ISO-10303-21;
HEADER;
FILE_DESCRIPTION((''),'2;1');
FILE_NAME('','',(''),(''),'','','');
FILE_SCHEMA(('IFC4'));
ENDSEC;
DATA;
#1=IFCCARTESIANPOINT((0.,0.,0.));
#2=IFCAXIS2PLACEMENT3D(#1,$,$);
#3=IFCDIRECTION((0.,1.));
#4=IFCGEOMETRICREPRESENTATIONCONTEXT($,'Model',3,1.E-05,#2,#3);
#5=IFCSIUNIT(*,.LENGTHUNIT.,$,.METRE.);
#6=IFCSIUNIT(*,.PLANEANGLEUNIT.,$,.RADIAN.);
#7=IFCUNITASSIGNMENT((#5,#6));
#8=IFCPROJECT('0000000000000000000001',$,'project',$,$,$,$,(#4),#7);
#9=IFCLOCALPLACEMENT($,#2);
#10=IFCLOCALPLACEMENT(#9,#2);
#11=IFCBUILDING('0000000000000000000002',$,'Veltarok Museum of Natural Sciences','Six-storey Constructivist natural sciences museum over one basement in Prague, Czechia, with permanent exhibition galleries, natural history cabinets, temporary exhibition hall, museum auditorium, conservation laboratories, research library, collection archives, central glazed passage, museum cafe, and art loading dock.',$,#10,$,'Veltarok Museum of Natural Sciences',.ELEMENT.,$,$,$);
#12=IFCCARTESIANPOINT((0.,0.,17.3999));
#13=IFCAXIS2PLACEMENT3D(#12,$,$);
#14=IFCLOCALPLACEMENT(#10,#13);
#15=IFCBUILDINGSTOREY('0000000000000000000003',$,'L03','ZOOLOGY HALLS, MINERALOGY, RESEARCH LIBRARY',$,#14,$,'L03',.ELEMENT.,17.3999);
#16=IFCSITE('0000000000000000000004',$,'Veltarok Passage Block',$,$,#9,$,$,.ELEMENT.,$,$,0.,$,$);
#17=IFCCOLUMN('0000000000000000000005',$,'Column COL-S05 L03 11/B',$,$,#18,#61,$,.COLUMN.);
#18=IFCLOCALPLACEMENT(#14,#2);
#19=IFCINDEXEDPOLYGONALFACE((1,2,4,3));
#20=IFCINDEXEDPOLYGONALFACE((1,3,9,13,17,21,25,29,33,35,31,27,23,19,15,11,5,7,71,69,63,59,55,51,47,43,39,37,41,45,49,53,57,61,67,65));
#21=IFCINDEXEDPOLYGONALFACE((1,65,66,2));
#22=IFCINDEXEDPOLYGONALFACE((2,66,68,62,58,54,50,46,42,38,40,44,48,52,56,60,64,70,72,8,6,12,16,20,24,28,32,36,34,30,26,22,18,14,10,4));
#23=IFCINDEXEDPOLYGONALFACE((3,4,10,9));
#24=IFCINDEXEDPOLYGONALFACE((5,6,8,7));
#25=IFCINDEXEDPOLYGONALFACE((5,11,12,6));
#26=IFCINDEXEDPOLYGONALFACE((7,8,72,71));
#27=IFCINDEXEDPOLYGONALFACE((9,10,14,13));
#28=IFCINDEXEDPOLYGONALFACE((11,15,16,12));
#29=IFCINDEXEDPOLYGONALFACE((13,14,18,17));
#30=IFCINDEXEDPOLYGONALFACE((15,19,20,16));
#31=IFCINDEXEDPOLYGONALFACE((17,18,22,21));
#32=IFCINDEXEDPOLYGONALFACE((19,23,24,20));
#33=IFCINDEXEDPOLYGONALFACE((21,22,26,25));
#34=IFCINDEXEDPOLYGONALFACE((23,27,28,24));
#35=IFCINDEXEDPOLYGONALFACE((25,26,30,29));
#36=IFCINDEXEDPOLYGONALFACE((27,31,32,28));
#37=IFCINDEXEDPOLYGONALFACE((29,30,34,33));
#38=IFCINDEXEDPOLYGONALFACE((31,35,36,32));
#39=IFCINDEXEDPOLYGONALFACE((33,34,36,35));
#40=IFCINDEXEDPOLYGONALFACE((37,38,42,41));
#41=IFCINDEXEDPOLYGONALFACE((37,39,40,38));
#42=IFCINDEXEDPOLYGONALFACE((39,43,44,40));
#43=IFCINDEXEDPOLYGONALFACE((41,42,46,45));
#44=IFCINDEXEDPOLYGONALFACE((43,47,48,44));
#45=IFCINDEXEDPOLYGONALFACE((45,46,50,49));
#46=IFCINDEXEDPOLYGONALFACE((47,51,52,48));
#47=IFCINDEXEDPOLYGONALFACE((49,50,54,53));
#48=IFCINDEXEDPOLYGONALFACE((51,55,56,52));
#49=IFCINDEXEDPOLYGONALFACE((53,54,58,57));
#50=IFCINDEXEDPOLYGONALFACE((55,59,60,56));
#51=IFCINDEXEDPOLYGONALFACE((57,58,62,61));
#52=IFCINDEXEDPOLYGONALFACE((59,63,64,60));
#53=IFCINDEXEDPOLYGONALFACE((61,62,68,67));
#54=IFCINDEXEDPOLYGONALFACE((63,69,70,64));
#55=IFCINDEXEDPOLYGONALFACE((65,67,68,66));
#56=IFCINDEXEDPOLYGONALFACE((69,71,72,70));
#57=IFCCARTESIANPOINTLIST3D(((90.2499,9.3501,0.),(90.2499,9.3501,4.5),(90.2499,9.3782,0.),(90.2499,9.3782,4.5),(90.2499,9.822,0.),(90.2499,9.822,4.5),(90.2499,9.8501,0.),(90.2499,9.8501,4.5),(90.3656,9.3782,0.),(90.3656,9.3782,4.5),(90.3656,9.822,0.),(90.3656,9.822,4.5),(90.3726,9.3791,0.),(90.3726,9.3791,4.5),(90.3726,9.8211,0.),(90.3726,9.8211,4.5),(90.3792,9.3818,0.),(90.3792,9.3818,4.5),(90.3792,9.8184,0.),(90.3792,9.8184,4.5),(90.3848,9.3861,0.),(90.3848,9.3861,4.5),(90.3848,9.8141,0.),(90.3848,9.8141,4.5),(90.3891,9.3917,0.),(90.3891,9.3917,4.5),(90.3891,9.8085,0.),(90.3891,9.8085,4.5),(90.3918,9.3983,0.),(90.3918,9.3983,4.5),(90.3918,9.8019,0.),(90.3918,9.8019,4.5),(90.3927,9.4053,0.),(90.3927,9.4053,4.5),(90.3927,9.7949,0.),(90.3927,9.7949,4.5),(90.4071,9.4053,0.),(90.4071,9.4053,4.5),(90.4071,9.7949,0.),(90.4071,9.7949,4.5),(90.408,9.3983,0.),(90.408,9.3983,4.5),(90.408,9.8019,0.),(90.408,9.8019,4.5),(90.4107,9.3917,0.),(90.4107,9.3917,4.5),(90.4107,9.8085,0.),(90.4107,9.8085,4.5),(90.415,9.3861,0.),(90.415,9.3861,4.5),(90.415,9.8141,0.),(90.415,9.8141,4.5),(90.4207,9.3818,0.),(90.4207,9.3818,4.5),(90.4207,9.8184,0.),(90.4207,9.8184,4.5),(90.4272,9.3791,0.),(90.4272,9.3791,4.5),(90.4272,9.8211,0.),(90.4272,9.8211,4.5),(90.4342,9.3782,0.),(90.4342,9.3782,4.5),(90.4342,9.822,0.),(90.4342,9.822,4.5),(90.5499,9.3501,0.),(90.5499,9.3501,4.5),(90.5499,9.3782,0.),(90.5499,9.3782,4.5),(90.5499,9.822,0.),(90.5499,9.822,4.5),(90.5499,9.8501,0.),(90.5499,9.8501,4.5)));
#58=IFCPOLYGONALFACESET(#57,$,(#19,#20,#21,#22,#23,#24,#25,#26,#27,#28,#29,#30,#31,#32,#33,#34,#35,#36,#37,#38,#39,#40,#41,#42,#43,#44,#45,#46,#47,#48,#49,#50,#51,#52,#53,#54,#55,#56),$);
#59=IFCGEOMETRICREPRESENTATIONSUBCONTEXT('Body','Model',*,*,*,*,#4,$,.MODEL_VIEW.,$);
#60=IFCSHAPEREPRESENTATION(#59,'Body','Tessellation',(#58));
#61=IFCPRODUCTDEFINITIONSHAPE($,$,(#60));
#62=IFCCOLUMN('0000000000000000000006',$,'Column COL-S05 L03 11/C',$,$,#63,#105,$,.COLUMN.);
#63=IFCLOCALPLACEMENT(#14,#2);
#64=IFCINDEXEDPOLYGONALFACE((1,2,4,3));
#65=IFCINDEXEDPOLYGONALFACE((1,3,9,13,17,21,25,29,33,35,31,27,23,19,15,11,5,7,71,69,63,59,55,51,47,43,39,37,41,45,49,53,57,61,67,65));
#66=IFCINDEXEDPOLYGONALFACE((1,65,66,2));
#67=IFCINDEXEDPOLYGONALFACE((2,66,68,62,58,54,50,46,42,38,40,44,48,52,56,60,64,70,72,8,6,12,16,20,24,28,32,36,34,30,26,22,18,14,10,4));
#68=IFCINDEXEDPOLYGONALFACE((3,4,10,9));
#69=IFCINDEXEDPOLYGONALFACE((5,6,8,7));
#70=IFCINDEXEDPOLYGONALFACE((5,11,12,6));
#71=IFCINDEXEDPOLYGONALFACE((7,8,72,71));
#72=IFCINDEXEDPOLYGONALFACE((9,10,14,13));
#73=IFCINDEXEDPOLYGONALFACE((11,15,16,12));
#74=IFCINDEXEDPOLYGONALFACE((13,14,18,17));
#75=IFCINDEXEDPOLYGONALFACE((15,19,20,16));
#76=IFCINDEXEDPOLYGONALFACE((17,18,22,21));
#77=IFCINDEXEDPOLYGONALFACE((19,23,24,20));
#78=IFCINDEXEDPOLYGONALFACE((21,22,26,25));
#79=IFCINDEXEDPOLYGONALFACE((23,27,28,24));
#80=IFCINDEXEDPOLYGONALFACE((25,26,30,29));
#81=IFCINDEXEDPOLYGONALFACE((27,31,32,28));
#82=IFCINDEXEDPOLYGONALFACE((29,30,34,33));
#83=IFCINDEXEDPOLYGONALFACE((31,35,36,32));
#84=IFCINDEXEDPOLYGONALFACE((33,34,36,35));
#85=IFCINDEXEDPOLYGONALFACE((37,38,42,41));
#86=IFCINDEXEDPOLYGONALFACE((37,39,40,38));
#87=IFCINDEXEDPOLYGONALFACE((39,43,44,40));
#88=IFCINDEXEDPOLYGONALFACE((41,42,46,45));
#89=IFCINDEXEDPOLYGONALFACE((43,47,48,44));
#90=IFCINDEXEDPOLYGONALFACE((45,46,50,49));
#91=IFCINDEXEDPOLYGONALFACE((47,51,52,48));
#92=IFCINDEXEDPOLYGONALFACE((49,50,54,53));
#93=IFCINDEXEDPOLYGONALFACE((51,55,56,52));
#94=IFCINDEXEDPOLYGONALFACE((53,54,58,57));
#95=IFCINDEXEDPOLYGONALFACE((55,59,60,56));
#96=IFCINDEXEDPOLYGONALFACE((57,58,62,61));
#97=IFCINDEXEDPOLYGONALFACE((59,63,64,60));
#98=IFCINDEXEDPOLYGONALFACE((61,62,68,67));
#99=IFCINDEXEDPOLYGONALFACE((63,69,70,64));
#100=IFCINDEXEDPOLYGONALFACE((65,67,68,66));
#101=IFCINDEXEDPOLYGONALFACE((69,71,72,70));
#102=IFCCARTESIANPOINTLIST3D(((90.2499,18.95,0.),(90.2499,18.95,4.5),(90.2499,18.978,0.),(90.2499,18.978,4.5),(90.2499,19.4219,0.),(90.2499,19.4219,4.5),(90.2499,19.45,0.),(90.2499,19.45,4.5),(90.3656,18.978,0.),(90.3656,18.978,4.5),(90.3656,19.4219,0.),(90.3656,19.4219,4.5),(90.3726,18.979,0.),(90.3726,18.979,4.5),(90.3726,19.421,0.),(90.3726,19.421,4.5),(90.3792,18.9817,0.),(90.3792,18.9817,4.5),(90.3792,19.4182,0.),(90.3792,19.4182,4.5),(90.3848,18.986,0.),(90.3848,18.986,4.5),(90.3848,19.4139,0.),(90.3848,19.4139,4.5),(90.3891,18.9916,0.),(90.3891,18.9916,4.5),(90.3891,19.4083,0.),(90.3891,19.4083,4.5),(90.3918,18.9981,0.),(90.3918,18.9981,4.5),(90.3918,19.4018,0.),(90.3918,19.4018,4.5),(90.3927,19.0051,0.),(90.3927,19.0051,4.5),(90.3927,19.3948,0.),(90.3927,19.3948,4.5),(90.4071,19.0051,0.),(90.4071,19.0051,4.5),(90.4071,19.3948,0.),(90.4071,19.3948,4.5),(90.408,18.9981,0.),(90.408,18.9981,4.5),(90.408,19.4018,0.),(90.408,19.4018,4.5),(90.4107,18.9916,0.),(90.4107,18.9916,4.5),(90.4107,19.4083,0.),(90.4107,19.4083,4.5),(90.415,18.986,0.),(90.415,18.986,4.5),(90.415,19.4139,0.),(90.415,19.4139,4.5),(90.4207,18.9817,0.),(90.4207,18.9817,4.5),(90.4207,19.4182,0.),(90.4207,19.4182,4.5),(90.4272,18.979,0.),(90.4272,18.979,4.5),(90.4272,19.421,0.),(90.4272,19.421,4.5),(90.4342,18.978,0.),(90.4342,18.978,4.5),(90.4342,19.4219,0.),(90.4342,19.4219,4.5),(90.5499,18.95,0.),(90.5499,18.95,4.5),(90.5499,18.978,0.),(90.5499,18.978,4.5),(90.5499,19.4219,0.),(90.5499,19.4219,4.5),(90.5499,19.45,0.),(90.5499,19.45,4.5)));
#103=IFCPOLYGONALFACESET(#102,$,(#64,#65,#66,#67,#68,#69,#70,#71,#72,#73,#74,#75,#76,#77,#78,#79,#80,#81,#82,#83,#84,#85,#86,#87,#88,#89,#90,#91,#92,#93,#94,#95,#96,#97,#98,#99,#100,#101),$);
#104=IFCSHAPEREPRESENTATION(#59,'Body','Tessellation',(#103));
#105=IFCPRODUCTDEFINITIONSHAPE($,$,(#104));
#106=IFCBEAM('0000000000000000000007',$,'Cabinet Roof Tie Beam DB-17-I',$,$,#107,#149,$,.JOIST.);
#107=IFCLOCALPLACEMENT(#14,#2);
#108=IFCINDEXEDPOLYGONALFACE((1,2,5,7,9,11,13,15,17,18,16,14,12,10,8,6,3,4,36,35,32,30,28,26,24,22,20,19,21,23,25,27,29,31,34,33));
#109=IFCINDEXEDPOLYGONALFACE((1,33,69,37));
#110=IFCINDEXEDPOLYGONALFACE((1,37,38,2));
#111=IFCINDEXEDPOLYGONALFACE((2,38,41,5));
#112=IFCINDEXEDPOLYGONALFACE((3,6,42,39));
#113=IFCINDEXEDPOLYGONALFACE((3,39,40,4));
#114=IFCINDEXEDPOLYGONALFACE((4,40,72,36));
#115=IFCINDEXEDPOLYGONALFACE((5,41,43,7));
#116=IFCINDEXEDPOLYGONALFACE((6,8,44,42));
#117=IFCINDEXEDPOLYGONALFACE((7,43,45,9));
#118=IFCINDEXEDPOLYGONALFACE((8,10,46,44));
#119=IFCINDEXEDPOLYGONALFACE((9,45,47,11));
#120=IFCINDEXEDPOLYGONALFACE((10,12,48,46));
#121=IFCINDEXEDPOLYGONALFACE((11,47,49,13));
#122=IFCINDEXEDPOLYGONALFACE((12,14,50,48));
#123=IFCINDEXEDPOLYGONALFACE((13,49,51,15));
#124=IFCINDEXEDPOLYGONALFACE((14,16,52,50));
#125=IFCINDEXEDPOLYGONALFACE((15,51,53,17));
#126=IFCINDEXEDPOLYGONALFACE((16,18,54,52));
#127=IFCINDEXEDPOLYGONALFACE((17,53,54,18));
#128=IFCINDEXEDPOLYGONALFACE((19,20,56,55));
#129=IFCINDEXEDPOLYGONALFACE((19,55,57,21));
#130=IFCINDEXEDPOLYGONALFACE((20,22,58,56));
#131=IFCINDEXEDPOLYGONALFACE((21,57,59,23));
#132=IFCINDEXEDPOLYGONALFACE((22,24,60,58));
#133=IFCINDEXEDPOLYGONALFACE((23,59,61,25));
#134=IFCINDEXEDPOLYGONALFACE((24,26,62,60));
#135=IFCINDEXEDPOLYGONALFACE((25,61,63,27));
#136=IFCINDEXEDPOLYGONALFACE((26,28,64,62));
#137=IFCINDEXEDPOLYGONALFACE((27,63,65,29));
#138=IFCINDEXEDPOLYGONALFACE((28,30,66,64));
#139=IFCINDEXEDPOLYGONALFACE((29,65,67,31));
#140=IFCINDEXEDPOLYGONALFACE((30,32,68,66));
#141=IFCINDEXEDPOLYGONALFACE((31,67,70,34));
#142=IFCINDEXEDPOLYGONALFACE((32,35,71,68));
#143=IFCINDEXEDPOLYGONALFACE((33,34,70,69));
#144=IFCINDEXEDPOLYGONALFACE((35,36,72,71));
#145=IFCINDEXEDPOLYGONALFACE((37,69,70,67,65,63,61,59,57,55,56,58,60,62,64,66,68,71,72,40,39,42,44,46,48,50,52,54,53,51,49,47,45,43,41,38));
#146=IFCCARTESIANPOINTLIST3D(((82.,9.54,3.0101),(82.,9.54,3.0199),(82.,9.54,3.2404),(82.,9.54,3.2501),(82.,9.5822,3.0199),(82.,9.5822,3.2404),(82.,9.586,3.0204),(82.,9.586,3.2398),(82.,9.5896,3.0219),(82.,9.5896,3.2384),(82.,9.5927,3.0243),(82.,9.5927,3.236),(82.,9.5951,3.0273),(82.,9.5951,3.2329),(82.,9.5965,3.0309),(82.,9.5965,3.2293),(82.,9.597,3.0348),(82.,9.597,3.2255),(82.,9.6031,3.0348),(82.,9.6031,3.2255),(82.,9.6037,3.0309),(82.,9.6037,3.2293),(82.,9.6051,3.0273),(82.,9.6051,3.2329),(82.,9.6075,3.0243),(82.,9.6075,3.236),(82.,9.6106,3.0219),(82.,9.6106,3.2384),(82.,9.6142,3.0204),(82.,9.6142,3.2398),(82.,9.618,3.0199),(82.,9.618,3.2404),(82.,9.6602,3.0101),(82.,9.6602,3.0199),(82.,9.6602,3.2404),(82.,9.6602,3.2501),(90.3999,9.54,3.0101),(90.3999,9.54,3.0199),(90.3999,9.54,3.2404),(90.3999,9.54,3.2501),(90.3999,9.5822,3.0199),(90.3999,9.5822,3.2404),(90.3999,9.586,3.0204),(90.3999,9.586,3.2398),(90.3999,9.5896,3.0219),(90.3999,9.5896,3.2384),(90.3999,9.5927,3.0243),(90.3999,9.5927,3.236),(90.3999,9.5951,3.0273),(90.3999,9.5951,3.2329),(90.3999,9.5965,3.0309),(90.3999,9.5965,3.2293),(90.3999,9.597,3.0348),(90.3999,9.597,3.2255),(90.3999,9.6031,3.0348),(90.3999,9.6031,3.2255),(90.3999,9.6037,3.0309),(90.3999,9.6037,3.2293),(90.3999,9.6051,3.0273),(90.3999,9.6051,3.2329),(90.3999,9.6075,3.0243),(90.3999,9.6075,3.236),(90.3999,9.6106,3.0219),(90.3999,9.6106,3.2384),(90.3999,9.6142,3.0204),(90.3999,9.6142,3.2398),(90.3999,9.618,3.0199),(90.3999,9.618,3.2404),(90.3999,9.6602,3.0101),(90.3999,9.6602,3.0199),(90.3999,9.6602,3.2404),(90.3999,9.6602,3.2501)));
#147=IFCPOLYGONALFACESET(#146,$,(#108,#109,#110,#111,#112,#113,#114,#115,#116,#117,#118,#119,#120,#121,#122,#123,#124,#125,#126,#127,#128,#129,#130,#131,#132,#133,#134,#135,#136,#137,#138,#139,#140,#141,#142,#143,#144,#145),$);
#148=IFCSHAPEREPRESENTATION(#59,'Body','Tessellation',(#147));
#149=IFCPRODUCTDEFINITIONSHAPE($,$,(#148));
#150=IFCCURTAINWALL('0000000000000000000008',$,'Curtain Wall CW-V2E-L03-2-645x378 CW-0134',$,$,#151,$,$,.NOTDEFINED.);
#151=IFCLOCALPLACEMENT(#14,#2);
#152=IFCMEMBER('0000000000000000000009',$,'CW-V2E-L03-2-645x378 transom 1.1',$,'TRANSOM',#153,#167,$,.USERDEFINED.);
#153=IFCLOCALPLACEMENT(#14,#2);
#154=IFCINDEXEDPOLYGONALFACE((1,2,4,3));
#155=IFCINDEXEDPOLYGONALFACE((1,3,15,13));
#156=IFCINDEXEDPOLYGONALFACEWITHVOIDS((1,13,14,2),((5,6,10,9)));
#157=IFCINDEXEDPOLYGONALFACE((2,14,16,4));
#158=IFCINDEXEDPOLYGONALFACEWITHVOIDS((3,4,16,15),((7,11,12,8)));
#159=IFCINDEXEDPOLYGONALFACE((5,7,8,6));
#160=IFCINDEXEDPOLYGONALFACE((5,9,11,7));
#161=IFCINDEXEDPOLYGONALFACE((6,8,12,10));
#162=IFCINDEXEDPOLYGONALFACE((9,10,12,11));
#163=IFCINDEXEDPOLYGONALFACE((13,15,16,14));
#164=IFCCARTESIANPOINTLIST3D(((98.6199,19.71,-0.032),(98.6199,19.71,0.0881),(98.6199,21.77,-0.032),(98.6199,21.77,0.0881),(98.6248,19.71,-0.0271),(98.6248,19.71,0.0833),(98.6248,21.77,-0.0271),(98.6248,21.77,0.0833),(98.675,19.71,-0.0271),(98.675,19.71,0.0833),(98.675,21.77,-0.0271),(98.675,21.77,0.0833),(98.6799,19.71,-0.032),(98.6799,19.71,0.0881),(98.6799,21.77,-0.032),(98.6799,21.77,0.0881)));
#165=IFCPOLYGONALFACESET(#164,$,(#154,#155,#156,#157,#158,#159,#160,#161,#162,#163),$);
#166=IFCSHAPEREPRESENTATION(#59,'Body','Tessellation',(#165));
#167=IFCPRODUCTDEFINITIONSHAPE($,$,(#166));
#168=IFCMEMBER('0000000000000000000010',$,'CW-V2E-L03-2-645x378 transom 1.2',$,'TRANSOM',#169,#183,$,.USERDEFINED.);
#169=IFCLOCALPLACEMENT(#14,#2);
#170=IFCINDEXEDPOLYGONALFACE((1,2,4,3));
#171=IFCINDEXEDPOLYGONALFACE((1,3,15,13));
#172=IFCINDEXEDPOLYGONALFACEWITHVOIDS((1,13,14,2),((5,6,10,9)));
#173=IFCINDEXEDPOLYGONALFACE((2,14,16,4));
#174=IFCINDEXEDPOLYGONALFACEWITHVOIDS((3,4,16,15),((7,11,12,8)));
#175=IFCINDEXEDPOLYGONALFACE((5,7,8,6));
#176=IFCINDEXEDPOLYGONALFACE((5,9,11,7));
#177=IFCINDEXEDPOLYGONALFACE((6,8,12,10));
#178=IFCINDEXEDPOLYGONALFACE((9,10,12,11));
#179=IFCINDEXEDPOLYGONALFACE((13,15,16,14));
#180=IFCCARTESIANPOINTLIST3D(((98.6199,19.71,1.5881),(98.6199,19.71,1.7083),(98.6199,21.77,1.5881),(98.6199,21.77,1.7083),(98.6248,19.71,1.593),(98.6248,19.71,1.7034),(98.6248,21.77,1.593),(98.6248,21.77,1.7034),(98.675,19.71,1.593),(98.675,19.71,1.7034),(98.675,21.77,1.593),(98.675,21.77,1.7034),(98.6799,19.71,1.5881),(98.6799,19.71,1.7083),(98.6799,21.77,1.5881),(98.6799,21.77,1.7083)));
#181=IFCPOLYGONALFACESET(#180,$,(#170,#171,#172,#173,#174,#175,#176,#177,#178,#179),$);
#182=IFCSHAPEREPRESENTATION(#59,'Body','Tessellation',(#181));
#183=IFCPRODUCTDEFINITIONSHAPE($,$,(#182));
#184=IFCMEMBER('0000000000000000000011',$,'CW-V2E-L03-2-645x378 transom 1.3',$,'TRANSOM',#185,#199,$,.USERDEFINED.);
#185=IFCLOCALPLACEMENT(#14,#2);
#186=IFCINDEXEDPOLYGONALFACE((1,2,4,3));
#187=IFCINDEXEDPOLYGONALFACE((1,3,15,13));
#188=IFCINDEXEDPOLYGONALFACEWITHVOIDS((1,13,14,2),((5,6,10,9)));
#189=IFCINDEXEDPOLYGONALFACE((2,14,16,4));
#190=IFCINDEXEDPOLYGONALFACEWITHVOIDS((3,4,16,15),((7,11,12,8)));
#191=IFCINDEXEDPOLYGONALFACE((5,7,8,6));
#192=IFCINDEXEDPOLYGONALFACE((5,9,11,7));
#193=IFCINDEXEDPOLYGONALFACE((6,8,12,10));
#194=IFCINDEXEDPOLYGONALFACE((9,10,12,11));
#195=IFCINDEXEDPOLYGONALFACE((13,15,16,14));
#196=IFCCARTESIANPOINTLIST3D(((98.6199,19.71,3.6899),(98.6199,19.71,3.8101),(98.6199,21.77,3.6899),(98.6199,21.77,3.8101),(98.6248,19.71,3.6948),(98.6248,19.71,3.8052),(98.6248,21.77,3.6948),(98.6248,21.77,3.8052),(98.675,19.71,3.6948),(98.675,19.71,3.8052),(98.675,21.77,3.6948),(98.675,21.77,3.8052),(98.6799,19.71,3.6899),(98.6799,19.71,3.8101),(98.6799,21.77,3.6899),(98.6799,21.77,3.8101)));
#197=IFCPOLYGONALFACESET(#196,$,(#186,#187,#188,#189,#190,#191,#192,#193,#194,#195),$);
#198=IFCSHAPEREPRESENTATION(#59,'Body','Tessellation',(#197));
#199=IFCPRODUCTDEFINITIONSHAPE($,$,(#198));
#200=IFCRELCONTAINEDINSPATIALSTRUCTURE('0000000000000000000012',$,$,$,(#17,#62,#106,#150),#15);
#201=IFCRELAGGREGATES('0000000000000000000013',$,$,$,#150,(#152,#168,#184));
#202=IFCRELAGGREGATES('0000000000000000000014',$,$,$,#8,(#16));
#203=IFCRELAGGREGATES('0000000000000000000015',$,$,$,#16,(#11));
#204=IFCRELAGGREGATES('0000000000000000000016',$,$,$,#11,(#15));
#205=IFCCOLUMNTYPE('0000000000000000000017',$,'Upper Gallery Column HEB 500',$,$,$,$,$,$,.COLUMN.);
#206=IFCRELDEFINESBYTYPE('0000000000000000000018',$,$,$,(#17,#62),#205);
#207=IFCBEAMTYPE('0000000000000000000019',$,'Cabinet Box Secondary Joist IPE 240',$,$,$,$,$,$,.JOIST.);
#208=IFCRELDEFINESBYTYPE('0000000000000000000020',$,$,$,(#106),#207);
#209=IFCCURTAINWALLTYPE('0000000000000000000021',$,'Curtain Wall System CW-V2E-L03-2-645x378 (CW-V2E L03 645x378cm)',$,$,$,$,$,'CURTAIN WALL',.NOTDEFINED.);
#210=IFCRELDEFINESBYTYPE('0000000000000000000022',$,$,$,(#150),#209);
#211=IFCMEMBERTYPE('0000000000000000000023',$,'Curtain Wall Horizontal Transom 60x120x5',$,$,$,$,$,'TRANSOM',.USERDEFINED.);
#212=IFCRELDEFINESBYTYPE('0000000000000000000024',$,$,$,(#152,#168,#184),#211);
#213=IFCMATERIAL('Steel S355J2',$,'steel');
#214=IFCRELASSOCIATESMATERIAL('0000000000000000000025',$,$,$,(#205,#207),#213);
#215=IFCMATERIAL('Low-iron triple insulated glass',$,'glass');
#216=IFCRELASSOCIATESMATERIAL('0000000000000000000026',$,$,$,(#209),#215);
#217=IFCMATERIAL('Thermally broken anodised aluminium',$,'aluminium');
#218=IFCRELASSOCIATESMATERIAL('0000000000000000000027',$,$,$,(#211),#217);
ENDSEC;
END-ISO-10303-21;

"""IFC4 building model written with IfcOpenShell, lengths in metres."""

from ifc_helpers import new_model, si_unit, direction, frame, origin, origin_2d, place, context, subcontext, project, spatial, hollow_rectangle, i_section, extrude, material, material_profile, profile_set, type_object, element, aggregate, save


model = new_model("IFC4")

# Units and contexts
model_context = context("Model", 3, precision=1e-05, world=origin(), true_north=direction((0.0, 1.0)))
body_context = subcontext(model_context, "Body", "Model", "MODEL_VIEW")
ifc_project = project(units=[si_unit("LENGTHUNIT", "METRE"), si_unit("PLANEANGLEUNIT", "RADIAN")], contexts=[model_context])

# Site, building, storey
site_placement = place(None, origin())
site = spatial("IfcSite", under=ifc_project, at=site_placement, Name="Veltarok Passage Block", CompositionType="ELEMENT", RefElevation=0.0)
building_placement = place(site_placement, origin())
building = spatial("IfcBuilding", under=site, at=building_placement, Name="Veltarok Museum of Natural Sciences", Description="Six-storey Constructivist natural sciences museum over one basement in Prague, Czechia, with permanent exhibition galleries, natural history cabinets, temporary exhibition hall, museum auditorium, conservation laboratories, research library, collection archives, central glazed passage, museum cafe, and art loading dock.", LongName="Veltarok Museum of Natural Sciences", CompositionType="ELEMENT")
storey_placement = place(building_placement, frame((0.0, 0.0, 17.3999)))
storey = spatial("IfcBuildingStorey", under=building, at=storey_placement, Name="L03", Description="ZOOLOGY HALLS, MINERALOGY, RESEARCH LIBRARY", LongName="L03", CompositionType="ELEMENT", Elevation=17.3999)

# Columns
ifc_material_1 = material(Name="Steel S355J2", Category="steel")
ifc_material_profile_1 = material_profile(ifc_material_1, i_section(OverallWidth=0.3, OverallDepth=0.5, WebThickness=0.0144, FlangeThickness=0.0281, FilletRadius=0.0271, at=origin_2d()), Name="HEB 500")
ifc_profile_set_1 = profile_set([ifc_material_profile_1], Name="Steel S355J2")
column_type = type_object("IfcColumnType", Name="Upper Gallery Column HEB 500", PredefinedType="COLUMN", material=ifc_profile_set_1)
for number, where, z_axis, x_axis, name in (
    (1, (90.3999, 9.6001, 0.0), (0.0, 0.0, 1.0), (1.0, 0.0, 0.0), "Column COL-S05 L03 11/B"),
    (2, (90.3999, 19.2, 0.0), (0.0, 0.0, 1.0), (1.0, 0.0, 0.0), "Column COL-S05 L03 11/C"),
):
    element("IfcColumn", number, at=place(storey_placement, frame(where, z_axis=z_axis, x_axis=x_axis)), inside=storey, type_object=column_type, Name=name, PredefinedType="COLUMN", context=body_context, shape_type="SweptSolid", body=[
        extrude(i_section(OverallWidth=0.3, OverallDepth=0.5, WebThickness=0.0144, FlangeThickness=0.0281, FilletRadius=0.0271, at=origin_2d()), origin(), (0.0, 0.0, 1.0), 4.5),
    ])

# Beam
ifc_material_profile_2 = material_profile(ifc_material_1, i_section(OverallWidth=0.1201, OverallDepth=0.24, WebThickness=0.0061, FlangeThickness=0.0098, FilletRadius=0.0149, at=origin_2d()), Name="IPE 240")
ifc_profile_set_2 = profile_set([ifc_material_profile_2], Name="Steel S355J2")
beam_type_1 = type_object("IfcBeamType", Name="Cabinet Box Secondary Joist IPE 240", PredefinedType="JOIST", material=ifc_profile_set_2)
beam_1_placement = place(storey_placement, frame((82.0, 9.6001, 3.1301), z_axis=(1.0, 0.0, 0.0), x_axis=(0.0, 1.0, 0.0)))
element("IfcBeam", 3, at=beam_1_placement, inside=storey, type_object=beam_type_1, Name="Cabinet Roof Tie Beam DB-17-I", PredefinedType="JOIST", context=body_context, shape_type="SweptSolid", body=[
    extrude(i_section(OverallWidth=0.1201, OverallDepth=0.24, WebThickness=0.0061, FlangeThickness=0.0098, FilletRadius=0.0149, at=origin_2d()), origin(), (0.0, 0.0, 1.0), 8.3999),
])

# Curtain wall, members
ifc_material_2 = material(Name="Low-iron triple insulated glass", Category="glass")
curtain_wall_type = type_object("IfcCurtainWallType", Name="Curtain Wall System CW-V2E-L03-2-645x378 (CW-V2E L03 645x378cm)", ElementType="CURTAIN WALL", PredefinedType="NOTDEFINED", material=ifc_material_2)
curtain_wall_placement = place(storey_placement, origin())
curtain_wall = element("IfcCurtainWall", 4, at=curtain_wall_placement, inside=storey, type_object=curtain_wall_type, Name="Curtain Wall CW-V2E-L03-2-645x378 CW-0134", PredefinedType="NOTDEFINED")
ifc_material_3 = material(Name="Thermally broken anodised aluminium", Category="aluminium")
ifc_material_profile_3 = material_profile(ifc_material_3, hollow_rectangle(XDim=0.0601, YDim=0.1201, WallThickness=0.0049, at=origin_2d()), Name="CW TRANSOM 60x120x5")
ifc_profile_set_3 = profile_set([ifc_material_profile_3], Name="Thermally broken anodised aluminium")
member_type_1 = type_object("IfcMemberType", Name="Curtain Wall Horizontal Transom 60x120x5", ElementType="TRANSOM", PredefinedType="USERDEFINED", material=ifc_profile_set_3)
member_1_placement = place(storey_placement, frame((98.6499, 19.71, 0.0281), z_axis=(0.0, 1.0, 0.0), x_axis=(-1.0, 0.0, 0.0)))
member_1 = element("IfcMember", 5, at=member_1_placement, type_object=member_type_1, Name="CW-V2E-L03-2-645x378 transom 1.1", ObjectType="TRANSOM", PredefinedType="USERDEFINED", context=body_context, shape_type="SweptSolid", body=[
    extrude(hollow_rectangle(XDim=0.0601, YDim=0.1201, WallThickness=0.0049, at=origin_2d()), origin(), (0.0, 0.0, 1.0), 2.0601),
])
member_2_placement = place(storey_placement, frame((98.6499, 19.71, 1.6482), z_axis=(0.0, 1.0, 0.0), x_axis=(-1.0, 0.0, 0.0)))
member_2 = element("IfcMember", 6, at=member_2_placement, type_object=member_type_1, Name="CW-V2E-L03-2-645x378 transom 1.2", ObjectType="TRANSOM", PredefinedType="USERDEFINED", context=body_context, shape_type="SweptSolid", body=[
    extrude(hollow_rectangle(XDim=0.0601, YDim=0.1201, WallThickness=0.0049, at=origin_2d()), origin(), (0.0, 0.0, 1.0), 2.0601),
])
member_3_placement = place(storey_placement, frame((98.6499, 19.71, 3.75), z_axis=(0.0, 1.0, 0.0), x_axis=(-1.0, 0.0, 0.0)))
member_3 = element("IfcMember", 7, at=member_3_placement, type_object=member_type_1, Name="CW-V2E-L03-2-645x378 transom 1.3", ObjectType="TRANSOM", PredefinedType="USERDEFINED", context=body_context, shape_type="SweptSolid", body=[
    extrude(hollow_rectangle(XDim=0.0601, YDim=0.1201, WallThickness=0.0049, at=origin_2d()), origin(), (0.0, 0.0, 1.0), 2.0601),
])

aggregate(curtain_wall, [member_1, member_2, member_3])

save(model, "model.ifc")
